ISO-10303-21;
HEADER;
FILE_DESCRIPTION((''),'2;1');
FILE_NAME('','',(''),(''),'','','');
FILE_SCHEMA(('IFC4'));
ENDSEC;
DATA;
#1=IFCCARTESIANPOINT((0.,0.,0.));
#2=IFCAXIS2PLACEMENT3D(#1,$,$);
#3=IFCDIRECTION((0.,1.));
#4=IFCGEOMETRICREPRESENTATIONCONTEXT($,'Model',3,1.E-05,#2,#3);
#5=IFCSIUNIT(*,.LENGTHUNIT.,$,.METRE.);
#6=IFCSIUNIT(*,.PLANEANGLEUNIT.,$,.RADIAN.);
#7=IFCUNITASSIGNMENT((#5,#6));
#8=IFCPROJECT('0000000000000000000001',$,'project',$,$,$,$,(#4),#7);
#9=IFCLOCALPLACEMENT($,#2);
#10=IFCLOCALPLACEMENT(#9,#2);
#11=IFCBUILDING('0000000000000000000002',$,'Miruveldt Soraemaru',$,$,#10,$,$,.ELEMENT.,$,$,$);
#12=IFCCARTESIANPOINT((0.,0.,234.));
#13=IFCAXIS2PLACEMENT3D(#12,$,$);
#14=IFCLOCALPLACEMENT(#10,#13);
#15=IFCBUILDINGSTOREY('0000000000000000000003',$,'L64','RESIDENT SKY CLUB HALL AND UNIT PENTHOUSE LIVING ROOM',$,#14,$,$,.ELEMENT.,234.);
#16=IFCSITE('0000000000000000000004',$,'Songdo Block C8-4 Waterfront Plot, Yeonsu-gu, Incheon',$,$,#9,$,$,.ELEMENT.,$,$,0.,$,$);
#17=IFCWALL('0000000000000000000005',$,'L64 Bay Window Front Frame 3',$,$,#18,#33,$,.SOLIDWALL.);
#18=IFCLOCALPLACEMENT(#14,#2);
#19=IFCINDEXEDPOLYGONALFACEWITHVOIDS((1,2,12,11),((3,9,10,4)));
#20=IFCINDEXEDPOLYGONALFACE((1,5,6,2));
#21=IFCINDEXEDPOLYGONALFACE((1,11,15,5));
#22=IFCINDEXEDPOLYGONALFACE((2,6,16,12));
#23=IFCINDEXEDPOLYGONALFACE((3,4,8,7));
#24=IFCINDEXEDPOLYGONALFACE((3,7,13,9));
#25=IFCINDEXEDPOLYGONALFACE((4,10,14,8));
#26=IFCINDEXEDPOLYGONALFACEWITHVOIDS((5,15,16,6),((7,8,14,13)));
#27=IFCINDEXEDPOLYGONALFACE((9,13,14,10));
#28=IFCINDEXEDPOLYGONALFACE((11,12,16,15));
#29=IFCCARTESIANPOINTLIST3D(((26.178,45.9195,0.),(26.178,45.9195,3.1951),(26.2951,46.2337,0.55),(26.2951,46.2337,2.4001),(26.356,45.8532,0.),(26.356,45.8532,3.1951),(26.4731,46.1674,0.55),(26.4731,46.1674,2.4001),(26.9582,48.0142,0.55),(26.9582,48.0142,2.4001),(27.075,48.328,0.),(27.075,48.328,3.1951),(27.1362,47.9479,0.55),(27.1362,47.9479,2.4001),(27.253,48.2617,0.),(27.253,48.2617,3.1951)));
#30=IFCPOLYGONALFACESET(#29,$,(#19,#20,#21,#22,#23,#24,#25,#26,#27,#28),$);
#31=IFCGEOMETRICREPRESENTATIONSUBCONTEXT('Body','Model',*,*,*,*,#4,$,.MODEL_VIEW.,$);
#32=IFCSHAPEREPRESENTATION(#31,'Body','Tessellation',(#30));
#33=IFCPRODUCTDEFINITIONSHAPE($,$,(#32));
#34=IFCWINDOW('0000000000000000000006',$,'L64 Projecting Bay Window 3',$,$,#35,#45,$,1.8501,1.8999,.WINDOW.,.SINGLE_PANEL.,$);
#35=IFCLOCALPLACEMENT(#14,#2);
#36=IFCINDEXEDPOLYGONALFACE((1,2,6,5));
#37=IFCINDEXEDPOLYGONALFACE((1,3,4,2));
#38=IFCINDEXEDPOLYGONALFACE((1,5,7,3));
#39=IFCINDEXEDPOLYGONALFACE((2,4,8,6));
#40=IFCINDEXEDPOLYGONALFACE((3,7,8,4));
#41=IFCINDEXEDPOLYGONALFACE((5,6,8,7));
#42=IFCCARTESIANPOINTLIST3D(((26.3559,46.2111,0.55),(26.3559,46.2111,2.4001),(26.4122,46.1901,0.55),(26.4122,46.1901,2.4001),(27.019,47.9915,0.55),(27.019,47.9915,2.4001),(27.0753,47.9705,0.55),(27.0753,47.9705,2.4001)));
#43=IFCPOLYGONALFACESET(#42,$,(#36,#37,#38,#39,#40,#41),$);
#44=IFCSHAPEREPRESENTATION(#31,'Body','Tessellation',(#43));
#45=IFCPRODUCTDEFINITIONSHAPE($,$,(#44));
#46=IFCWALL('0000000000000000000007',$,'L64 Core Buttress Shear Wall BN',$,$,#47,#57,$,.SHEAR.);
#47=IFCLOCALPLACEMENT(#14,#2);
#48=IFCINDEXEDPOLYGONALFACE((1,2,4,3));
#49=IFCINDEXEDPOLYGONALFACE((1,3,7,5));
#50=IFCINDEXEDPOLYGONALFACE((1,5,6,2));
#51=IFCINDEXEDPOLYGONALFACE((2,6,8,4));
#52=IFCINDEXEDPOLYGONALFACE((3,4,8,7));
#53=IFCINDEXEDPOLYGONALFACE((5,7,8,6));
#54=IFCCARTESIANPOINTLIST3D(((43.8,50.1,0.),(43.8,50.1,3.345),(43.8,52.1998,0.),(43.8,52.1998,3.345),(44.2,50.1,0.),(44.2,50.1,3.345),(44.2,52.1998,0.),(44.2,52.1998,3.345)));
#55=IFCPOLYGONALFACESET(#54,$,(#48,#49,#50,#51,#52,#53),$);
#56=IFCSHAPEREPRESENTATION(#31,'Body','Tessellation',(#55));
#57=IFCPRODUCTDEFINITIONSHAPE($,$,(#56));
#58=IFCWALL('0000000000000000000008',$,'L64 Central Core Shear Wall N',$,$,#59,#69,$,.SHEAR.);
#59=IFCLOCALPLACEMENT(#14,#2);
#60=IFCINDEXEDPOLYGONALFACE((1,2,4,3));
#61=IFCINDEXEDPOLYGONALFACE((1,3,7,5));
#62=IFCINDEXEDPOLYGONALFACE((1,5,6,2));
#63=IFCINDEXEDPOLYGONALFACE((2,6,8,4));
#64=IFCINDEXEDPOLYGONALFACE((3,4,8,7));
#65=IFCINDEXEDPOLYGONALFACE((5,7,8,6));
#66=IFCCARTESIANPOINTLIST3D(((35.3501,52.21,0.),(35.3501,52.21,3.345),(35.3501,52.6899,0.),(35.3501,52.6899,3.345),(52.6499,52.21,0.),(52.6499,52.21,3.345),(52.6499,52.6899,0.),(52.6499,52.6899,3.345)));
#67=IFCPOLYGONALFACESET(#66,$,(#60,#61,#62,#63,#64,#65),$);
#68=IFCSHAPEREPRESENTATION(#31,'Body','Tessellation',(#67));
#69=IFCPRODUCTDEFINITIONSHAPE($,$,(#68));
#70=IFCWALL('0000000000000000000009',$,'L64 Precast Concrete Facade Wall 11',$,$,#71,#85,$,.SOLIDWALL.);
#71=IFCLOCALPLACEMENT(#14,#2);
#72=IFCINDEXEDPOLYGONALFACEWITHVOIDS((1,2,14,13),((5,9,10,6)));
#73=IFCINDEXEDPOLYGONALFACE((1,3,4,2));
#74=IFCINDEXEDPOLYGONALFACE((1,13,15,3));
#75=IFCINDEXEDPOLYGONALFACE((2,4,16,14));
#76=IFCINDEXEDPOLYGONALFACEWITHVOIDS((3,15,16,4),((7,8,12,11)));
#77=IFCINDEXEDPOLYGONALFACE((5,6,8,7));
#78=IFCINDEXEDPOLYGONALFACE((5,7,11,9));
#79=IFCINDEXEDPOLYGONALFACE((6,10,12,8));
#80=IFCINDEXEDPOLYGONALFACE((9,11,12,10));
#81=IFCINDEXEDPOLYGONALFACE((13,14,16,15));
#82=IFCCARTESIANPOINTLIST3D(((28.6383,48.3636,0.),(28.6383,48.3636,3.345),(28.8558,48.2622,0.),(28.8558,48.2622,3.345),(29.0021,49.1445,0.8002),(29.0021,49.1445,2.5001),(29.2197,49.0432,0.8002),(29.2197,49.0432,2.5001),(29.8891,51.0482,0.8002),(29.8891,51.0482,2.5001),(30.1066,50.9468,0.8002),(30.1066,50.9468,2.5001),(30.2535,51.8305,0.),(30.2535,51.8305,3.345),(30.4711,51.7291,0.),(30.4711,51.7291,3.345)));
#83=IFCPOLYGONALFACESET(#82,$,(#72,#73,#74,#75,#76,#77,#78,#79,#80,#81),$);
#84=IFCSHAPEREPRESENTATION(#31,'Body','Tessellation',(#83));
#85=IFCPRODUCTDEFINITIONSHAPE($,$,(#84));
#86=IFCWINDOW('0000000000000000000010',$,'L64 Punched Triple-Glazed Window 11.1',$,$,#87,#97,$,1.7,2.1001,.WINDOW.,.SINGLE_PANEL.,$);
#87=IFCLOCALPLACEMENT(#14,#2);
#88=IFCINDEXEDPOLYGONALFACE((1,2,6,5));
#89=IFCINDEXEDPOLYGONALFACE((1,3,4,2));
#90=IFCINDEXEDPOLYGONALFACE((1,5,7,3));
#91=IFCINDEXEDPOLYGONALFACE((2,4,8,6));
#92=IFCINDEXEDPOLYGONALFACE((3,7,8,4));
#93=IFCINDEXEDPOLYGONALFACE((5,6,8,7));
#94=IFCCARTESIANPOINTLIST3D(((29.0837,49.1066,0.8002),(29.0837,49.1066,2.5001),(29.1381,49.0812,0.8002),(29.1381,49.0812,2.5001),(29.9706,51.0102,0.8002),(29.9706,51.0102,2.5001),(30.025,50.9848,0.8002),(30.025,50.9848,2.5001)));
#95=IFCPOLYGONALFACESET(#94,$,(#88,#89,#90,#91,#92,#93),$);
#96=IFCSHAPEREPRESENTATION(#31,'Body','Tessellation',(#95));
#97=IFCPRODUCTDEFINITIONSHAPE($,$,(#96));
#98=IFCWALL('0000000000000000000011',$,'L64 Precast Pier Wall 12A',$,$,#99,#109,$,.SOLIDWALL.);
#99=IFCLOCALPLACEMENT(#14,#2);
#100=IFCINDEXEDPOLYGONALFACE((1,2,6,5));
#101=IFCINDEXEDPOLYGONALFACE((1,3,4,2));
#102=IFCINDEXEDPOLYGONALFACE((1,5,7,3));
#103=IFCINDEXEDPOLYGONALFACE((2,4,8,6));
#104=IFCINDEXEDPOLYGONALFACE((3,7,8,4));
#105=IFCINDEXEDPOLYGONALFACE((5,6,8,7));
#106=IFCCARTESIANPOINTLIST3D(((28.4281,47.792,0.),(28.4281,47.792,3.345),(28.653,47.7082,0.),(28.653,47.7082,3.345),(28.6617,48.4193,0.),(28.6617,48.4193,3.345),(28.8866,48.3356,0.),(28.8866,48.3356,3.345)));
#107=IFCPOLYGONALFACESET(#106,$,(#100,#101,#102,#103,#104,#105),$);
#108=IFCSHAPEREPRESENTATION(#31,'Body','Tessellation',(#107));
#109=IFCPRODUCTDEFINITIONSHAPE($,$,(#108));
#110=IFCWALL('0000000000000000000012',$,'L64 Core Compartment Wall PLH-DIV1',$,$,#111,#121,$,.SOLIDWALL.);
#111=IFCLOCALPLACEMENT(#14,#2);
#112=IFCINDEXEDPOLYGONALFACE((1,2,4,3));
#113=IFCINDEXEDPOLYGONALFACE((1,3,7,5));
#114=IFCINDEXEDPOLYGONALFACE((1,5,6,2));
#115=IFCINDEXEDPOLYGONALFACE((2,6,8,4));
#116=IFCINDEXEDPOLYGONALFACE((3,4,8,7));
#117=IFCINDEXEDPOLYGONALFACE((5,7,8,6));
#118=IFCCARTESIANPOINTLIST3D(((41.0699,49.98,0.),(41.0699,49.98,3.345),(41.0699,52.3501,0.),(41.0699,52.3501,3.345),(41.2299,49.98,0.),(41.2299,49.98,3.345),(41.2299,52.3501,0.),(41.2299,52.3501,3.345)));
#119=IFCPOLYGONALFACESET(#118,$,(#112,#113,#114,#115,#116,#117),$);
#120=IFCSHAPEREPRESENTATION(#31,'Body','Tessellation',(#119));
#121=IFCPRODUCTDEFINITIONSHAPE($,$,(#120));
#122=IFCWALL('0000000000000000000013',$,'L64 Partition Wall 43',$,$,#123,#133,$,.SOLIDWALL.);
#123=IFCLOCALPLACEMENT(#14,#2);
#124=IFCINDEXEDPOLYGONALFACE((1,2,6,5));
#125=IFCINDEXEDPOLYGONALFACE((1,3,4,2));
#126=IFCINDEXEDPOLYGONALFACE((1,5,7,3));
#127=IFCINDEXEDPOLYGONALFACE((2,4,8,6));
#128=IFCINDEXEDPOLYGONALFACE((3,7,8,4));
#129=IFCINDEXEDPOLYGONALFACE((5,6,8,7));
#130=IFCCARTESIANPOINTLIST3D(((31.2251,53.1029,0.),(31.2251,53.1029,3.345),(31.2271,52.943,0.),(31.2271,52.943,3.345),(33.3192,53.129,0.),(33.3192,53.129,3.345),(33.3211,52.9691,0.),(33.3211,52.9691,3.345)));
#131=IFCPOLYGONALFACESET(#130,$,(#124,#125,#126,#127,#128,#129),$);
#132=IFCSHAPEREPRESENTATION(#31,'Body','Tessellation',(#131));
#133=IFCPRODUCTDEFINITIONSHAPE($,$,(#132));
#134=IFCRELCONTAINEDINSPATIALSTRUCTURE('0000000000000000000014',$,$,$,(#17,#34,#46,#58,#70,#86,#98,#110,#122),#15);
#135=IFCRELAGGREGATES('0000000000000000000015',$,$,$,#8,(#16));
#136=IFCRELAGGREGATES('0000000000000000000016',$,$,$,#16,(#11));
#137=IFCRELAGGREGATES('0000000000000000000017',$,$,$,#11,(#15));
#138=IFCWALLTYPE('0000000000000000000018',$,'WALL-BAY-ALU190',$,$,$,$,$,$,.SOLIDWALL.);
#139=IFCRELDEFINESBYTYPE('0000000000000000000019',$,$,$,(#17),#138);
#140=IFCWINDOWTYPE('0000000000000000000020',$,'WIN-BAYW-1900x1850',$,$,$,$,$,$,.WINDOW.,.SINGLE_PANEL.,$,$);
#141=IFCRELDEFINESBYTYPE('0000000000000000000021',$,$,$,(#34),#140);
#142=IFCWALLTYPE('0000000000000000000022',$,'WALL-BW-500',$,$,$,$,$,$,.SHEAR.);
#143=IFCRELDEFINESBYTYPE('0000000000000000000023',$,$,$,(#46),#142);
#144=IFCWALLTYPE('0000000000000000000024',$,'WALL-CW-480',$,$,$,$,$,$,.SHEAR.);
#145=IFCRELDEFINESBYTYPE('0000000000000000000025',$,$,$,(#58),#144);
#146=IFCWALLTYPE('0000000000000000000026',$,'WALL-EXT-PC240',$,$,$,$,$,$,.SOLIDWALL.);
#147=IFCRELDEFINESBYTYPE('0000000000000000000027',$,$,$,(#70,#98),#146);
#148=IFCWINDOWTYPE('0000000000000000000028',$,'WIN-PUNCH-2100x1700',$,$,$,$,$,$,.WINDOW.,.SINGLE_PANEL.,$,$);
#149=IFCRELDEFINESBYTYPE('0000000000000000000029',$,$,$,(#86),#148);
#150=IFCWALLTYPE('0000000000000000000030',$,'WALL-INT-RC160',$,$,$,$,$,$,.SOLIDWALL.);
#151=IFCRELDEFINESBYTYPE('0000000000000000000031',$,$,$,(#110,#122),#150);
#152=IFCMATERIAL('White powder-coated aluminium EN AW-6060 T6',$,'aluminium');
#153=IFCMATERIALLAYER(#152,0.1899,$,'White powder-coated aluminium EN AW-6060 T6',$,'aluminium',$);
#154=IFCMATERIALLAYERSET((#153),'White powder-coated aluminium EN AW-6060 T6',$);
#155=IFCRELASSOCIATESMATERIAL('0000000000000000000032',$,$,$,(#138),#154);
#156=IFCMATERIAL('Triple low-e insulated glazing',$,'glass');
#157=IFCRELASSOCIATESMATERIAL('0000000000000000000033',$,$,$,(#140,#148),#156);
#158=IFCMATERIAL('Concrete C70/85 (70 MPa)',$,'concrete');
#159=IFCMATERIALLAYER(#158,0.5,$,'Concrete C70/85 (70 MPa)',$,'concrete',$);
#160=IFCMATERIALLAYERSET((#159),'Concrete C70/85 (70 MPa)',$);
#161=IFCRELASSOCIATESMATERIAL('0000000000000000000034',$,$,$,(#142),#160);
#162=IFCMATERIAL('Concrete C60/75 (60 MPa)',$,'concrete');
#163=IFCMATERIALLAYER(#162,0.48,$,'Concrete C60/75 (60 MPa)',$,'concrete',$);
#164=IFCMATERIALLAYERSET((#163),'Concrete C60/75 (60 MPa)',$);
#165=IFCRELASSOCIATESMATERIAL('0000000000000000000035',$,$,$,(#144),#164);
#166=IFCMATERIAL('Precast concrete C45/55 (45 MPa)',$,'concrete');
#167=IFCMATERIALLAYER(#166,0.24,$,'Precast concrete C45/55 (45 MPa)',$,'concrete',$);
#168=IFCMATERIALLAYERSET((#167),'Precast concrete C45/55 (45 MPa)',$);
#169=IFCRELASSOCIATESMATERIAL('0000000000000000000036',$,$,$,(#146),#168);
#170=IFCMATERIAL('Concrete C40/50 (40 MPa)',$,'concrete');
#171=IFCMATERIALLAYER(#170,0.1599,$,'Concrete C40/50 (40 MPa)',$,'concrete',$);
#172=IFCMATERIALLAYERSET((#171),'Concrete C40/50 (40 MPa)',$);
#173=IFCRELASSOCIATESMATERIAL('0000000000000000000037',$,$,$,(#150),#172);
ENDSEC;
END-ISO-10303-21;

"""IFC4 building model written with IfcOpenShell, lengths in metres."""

from ifc_helpers import new_model, si_unit, direction, frame, frame_2d, origin, place, context, subcontext, project, spatial, rectangle, extrude, material, layer, layer_set, type_object, element, fill, save


model = new_model("IFC4")

# Units and contexts
model_context = context("Model", 3, precision=1e-05, world=origin(), true_north=direction((0.0, 1.0)))
body_context = subcontext(model_context, "Body", "Model", "MODEL_VIEW")
ifc_project = project(units=[si_unit("LENGTHUNIT", "METRE"), si_unit("PLANEANGLEUNIT", "RADIAN")], contexts=[model_context])

# Site, building, storey
site_placement = place(None, origin())
site = spatial("IfcSite", under=ifc_project, at=site_placement, Name="Songdo Block C8-4 Waterfront Plot, Yeonsu-gu, Incheon", CompositionType="ELEMENT", RefElevation=0.0)
building_placement = place(site_placement, origin())
building = spatial("IfcBuilding", under=site, at=building_placement, Name="Miruveldt Soraemaru", CompositionType="ELEMENT")
storey_placement = place(building_placement, frame((0.0, 0.0, 234.0)))
storey = spatial("IfcBuildingStorey", under=building, at=storey_placement, Name="L64", Description="RESIDENT SKY CLUB HALL AND UNIT PENTHOUSE LIVING ROOM", CompositionType="ELEMENT", Elevation=234.0)

# Shared definitions
ifc_material_1 = material(Name="Concrete C60/75 (60 MPa)", Category="concrete")

# Wall, opening, window
ifc_material_2 = material(Name="White powder-coated aluminium EN AW-6060 T6", Category="aluminium")
ifc_layer_1 = layer(ifc_material_2, 0.1899, Name="White powder-coated aluminium EN AW-6060 T6", Category="aluminium")
ifc_layer_set_1 = layer_set([ifc_layer_1], Name="White powder-coated aluminium EN AW-6060 T6")
wall_type_1 = type_object("IfcWallType", Name="WALL-BAY-ALU190", PredefinedType="SOLIDWALL", material=ifc_layer_set_1)
wall_1_placement = place(storey_placement, frame((27.1641, 48.2949, 0.0), z_axis=(0.0, 0.0, 1.0), x_axis=(-0.349009, -0.937119, 0.0)))
wall_1 = element("IfcWall", 1, at=wall_1_placement, inside=storey, type_object=wall_type_1, Name="L64 Bay Window Front Frame 3", PredefinedType="SOLIDWALL", context=body_context, shape_type="SweptSolid", body=[
    extrude(rectangle(XDim=2.5701, YDim=0.1899, at=frame_2d((1.2852, 0.0))), origin(), (0.0, 0.0, 1.0), 3.1951),
])
opening_1_placement = place(wall_1_placement, frame((0.335, 0.0, 0.55)))
opening_1 = element("IfcOpeningElement", 2, at=opening_1_placement, cuts=wall_1, PredefinedType="OPENING", context=body_context, shape_type="SweptSolid", body=[
    extrude(rectangle(XDim=1.8999, YDim=1.8501, at=frame_2d((0.95, 0.925))), frame((0.0, 0.105, 0.0), z_axis=(0.0, -1.0, 0.0), x_axis=(1.0, 0.0, 0.0)), (0.0, 0.0, 1.0), 0.21),
])
ifc_material_3 = material(Name="Triple low-e insulated glazing", Category="glass")
window_type_1 = type_object("IfcWindowType", Name="WIN-BAYW-1900x1850", PartitioningType="SINGLE_PANEL", PredefinedType="WINDOW", material=ifc_material_3)
window_1_placement = place(opening_1_placement, origin())
window_1 = element("IfcWindow", 3, at=window_1_placement, inside=storey, type_object=window_type_1, Name="L64 Projecting Bay Window 3", OverallHeight=1.8501, OverallWidth=1.8999, PartitioningType="SINGLE_PANEL", PredefinedType="WINDOW", context=body_context, shape_type="SweptSolid", body=[
    extrude(rectangle(XDim=1.8999, YDim=1.8501, at=frame_2d((0.95, 0.925))), frame((0.0, 0.03, 0.0), z_axis=(0.0, -1.0, 0.0), x_axis=(1.0, 0.0, 0.0)), (0.0, 0.0, 1.0), 0.0601),
])
fill(opening_1, window_1)

# Walls
ifc_material_4 = material(Name="Concrete C70/85 (70 MPa)", Category="concrete")
ifc_layer_2 = layer(ifc_material_4, 0.5, Name="Concrete C70/85 (70 MPa)", Category="concrete")
ifc_layer_set_2 = layer_set([ifc_layer_2], Name="Concrete C70/85 (70 MPa)")
wall_type_2 = type_object("IfcWallType", Name="WALL-BW-500", PredefinedType="SHEAR", material=ifc_layer_set_2)
wall_2_placement = place(storey_placement, frame((44.0, 50.1001, 0.0), z_axis=(0.0, 0.0, 1.0), x_axis=(0.0, 1.0, 0.0)))
element("IfcWall", 4, at=wall_2_placement, inside=storey, type_object=wall_type_2, Name="L64 Core Buttress Shear Wall BN", PredefinedType="SHEAR", context=body_context, shape_type="SweptSolid", body=[
    extrude(rectangle(XDim=2.0999, YDim=0.3999, at=frame_2d((1.0498, 0.0))), origin(), (0.0, 0.0, 1.0), 3.345),
])
ifc_layer_3 = layer(ifc_material_1, 0.48, Name="Concrete C60/75 (60 MPa)", Category="concrete")
ifc_layer_set_3 = layer_set([ifc_layer_3], Name="Concrete C60/75 (60 MPa)")
wall_type_3 = type_object("IfcWallType", Name="WALL-CW-480", PredefinedType="SHEAR", material=ifc_layer_set_3)
wall_3_placement = place(storey_placement, frame((35.3501, 52.45, 0.0), z_axis=(0.0, 0.0, 1.0), x_axis=(1.0, 0.0, 0.0)))
element("IfcWall", 5, at=wall_3_placement, inside=storey, type_object=wall_type_3, Name="L64 Central Core Shear Wall N", PredefinedType="SHEAR", context=body_context, shape_type="SweptSolid", body=[
    extrude(rectangle(XDim=17.2998, YDim=0.48, at=frame_2d((8.6499, 0.0))), origin(), (0.0, 0.0, 1.0), 3.345),
])

# Wall, opening, window
ifc_material_5 = material(Name="Precast concrete C45/55 (45 MPa)", Category="concrete")
ifc_layer_4 = layer(ifc_material_5, 0.24, Name="Precast concrete C45/55 (45 MPa)", Category="concrete")
ifc_layer_set_4 = layer_set([ifc_layer_4], Name="Precast concrete C45/55 (45 MPa)")
wall_type_4 = type_object("IfcWallType", Name="WALL-EXT-PC240", PredefinedType="SOLIDWALL", material=ifc_layer_set_4)
wall_4_placement = place(storey_placement, frame((30.3623, 51.7798, 0.0), z_axis=(0.0, 0.0, 1.0), x_axis=(-0.422326, -0.906444, 0.0)))
wall_4 = element("IfcWall", 6, at=wall_4_placement, inside=storey, type_object=wall_type_4, Name="L64 Precast Concrete Facade Wall 11", PredefinedType="SOLIDWALL", context=body_context, shape_type="SweptSolid", body=[
    extrude(rectangle(XDim=3.8247, YDim=0.24, at=frame_2d((1.9124, 0.0))), origin(), (0.0, 0.0, 1.0), 3.345),
])
opening_2_placement = place(wall_4_placement, frame((0.863, 0.0, 0.8)))
opening_2 = element("IfcOpeningElement", 7, at=opening_2_placement, cuts=wall_4, PredefinedType="OPENING", context=body_context, shape_type="SweptSolid", body=[
    extrude(rectangle(XDim=2.1001, YDim=1.7, at=frame_2d((1.05, 0.8501))), frame((0.0, 0.1299, 0.0), z_axis=(0.0, -1.0, 0.0), x_axis=(1.0, 0.0, 0.0)), (0.0, 0.0, 1.0), 0.26),
])
window_type_2 = type_object("IfcWindowType", Name="WIN-PUNCH-2100x1700", PartitioningType="SINGLE_PANEL", PredefinedType="WINDOW", material=ifc_material_3)
window_2_placement = place(opening_2_placement, origin())
window_2 = element("IfcWindow", 8, at=window_2_placement, inside=storey, type_object=window_type_2, Name="L64 Punched Triple-Glazed Window 11.1", OverallHeight=1.7, OverallWidth=2.1001, PartitioningType="SINGLE_PANEL", PredefinedType="WINDOW", context=body_context, shape_type="SweptSolid", body=[
    extrude(rectangle(XDim=2.1001, YDim=1.7, at=frame_2d((1.05, 0.8501))), frame((0.0, 0.03, 0.0), z_axis=(0.0, -1.0, 0.0), x_axis=(1.0, 0.0, 0.0)), (0.0, 0.0, 1.0), 0.0601),
])
fill(opening_2, window_2)

# Walls
wall_5_placement = place(storey_placement, frame((28.7742, 48.3774, 0.0), z_axis=(0.0, 0.0, 1.0), x_axis=(-0.348965, -0.937136, 0.0)))
element("IfcWall", 9, at=wall_5_placement, inside=storey, type_object=wall_type_4, Name="L64 Precast Pier Wall 12A", PredefinedType="SOLIDWALL", context=body_context, shape_type="SweptSolid", body=[
    extrude(rectangle(XDim=0.6694, YDim=0.24, at=frame_2d((0.3347, 0.0))), origin(), (0.0, 0.0, 1.0), 3.345),
])
ifc_material_6 = material(Name="Concrete C40/50 (40 MPa)", Category="concrete")
ifc_layer_5 = layer(ifc_material_6, 0.1599, Name="Concrete C40/50 (40 MPa)", Category="concrete")
ifc_layer_set_5 = layer_set([ifc_layer_5], Name="Concrete C40/50 (40 MPa)")
wall_type_5 = type_object("IfcWallType", Name="WALL-INT-RC160", PredefinedType="SOLIDWALL", material=ifc_layer_set_5)
wall_6_placement = place(storey_placement, frame((41.1499, 49.98, 0.0), z_axis=(0.0, 0.0, 1.0), x_axis=(0.0, 1.0, 0.0)))
element("IfcWall", 10, at=wall_6_placement, inside=storey, type_object=wall_type_5, Name="L64 Core Compartment Wall PLH-DIV1", PredefinedType="SOLIDWALL", context=body_context, shape_type="SweptSolid", body=[
    extrude(rectangle(XDim=2.3701, YDim=0.1599, at=frame_2d((1.1851, 0.0))), origin(), (0.0, 0.0, 1.0), 3.345),
])
wall_7_placement = place(storey_placement, frame((31.2261, 53.0229, 0.0), z_axis=(0.0, 0.0, 1.0), x_axis=(0.999922, 0.012474, 0.0)))
element("IfcWall", 11, at=wall_7_placement, inside=storey, type_object=wall_type_5, Name="L64 Partition Wall 43", PredefinedType="SOLIDWALL", context=body_context, shape_type="SweptSolid", body=[
    extrude(rectangle(XDim=2.0942, YDim=0.1599, at=frame_2d((1.0471, 0.0))), origin(), (0.0, 0.0, 1.0), 3.345),
])

save(model, "model.ifc")
